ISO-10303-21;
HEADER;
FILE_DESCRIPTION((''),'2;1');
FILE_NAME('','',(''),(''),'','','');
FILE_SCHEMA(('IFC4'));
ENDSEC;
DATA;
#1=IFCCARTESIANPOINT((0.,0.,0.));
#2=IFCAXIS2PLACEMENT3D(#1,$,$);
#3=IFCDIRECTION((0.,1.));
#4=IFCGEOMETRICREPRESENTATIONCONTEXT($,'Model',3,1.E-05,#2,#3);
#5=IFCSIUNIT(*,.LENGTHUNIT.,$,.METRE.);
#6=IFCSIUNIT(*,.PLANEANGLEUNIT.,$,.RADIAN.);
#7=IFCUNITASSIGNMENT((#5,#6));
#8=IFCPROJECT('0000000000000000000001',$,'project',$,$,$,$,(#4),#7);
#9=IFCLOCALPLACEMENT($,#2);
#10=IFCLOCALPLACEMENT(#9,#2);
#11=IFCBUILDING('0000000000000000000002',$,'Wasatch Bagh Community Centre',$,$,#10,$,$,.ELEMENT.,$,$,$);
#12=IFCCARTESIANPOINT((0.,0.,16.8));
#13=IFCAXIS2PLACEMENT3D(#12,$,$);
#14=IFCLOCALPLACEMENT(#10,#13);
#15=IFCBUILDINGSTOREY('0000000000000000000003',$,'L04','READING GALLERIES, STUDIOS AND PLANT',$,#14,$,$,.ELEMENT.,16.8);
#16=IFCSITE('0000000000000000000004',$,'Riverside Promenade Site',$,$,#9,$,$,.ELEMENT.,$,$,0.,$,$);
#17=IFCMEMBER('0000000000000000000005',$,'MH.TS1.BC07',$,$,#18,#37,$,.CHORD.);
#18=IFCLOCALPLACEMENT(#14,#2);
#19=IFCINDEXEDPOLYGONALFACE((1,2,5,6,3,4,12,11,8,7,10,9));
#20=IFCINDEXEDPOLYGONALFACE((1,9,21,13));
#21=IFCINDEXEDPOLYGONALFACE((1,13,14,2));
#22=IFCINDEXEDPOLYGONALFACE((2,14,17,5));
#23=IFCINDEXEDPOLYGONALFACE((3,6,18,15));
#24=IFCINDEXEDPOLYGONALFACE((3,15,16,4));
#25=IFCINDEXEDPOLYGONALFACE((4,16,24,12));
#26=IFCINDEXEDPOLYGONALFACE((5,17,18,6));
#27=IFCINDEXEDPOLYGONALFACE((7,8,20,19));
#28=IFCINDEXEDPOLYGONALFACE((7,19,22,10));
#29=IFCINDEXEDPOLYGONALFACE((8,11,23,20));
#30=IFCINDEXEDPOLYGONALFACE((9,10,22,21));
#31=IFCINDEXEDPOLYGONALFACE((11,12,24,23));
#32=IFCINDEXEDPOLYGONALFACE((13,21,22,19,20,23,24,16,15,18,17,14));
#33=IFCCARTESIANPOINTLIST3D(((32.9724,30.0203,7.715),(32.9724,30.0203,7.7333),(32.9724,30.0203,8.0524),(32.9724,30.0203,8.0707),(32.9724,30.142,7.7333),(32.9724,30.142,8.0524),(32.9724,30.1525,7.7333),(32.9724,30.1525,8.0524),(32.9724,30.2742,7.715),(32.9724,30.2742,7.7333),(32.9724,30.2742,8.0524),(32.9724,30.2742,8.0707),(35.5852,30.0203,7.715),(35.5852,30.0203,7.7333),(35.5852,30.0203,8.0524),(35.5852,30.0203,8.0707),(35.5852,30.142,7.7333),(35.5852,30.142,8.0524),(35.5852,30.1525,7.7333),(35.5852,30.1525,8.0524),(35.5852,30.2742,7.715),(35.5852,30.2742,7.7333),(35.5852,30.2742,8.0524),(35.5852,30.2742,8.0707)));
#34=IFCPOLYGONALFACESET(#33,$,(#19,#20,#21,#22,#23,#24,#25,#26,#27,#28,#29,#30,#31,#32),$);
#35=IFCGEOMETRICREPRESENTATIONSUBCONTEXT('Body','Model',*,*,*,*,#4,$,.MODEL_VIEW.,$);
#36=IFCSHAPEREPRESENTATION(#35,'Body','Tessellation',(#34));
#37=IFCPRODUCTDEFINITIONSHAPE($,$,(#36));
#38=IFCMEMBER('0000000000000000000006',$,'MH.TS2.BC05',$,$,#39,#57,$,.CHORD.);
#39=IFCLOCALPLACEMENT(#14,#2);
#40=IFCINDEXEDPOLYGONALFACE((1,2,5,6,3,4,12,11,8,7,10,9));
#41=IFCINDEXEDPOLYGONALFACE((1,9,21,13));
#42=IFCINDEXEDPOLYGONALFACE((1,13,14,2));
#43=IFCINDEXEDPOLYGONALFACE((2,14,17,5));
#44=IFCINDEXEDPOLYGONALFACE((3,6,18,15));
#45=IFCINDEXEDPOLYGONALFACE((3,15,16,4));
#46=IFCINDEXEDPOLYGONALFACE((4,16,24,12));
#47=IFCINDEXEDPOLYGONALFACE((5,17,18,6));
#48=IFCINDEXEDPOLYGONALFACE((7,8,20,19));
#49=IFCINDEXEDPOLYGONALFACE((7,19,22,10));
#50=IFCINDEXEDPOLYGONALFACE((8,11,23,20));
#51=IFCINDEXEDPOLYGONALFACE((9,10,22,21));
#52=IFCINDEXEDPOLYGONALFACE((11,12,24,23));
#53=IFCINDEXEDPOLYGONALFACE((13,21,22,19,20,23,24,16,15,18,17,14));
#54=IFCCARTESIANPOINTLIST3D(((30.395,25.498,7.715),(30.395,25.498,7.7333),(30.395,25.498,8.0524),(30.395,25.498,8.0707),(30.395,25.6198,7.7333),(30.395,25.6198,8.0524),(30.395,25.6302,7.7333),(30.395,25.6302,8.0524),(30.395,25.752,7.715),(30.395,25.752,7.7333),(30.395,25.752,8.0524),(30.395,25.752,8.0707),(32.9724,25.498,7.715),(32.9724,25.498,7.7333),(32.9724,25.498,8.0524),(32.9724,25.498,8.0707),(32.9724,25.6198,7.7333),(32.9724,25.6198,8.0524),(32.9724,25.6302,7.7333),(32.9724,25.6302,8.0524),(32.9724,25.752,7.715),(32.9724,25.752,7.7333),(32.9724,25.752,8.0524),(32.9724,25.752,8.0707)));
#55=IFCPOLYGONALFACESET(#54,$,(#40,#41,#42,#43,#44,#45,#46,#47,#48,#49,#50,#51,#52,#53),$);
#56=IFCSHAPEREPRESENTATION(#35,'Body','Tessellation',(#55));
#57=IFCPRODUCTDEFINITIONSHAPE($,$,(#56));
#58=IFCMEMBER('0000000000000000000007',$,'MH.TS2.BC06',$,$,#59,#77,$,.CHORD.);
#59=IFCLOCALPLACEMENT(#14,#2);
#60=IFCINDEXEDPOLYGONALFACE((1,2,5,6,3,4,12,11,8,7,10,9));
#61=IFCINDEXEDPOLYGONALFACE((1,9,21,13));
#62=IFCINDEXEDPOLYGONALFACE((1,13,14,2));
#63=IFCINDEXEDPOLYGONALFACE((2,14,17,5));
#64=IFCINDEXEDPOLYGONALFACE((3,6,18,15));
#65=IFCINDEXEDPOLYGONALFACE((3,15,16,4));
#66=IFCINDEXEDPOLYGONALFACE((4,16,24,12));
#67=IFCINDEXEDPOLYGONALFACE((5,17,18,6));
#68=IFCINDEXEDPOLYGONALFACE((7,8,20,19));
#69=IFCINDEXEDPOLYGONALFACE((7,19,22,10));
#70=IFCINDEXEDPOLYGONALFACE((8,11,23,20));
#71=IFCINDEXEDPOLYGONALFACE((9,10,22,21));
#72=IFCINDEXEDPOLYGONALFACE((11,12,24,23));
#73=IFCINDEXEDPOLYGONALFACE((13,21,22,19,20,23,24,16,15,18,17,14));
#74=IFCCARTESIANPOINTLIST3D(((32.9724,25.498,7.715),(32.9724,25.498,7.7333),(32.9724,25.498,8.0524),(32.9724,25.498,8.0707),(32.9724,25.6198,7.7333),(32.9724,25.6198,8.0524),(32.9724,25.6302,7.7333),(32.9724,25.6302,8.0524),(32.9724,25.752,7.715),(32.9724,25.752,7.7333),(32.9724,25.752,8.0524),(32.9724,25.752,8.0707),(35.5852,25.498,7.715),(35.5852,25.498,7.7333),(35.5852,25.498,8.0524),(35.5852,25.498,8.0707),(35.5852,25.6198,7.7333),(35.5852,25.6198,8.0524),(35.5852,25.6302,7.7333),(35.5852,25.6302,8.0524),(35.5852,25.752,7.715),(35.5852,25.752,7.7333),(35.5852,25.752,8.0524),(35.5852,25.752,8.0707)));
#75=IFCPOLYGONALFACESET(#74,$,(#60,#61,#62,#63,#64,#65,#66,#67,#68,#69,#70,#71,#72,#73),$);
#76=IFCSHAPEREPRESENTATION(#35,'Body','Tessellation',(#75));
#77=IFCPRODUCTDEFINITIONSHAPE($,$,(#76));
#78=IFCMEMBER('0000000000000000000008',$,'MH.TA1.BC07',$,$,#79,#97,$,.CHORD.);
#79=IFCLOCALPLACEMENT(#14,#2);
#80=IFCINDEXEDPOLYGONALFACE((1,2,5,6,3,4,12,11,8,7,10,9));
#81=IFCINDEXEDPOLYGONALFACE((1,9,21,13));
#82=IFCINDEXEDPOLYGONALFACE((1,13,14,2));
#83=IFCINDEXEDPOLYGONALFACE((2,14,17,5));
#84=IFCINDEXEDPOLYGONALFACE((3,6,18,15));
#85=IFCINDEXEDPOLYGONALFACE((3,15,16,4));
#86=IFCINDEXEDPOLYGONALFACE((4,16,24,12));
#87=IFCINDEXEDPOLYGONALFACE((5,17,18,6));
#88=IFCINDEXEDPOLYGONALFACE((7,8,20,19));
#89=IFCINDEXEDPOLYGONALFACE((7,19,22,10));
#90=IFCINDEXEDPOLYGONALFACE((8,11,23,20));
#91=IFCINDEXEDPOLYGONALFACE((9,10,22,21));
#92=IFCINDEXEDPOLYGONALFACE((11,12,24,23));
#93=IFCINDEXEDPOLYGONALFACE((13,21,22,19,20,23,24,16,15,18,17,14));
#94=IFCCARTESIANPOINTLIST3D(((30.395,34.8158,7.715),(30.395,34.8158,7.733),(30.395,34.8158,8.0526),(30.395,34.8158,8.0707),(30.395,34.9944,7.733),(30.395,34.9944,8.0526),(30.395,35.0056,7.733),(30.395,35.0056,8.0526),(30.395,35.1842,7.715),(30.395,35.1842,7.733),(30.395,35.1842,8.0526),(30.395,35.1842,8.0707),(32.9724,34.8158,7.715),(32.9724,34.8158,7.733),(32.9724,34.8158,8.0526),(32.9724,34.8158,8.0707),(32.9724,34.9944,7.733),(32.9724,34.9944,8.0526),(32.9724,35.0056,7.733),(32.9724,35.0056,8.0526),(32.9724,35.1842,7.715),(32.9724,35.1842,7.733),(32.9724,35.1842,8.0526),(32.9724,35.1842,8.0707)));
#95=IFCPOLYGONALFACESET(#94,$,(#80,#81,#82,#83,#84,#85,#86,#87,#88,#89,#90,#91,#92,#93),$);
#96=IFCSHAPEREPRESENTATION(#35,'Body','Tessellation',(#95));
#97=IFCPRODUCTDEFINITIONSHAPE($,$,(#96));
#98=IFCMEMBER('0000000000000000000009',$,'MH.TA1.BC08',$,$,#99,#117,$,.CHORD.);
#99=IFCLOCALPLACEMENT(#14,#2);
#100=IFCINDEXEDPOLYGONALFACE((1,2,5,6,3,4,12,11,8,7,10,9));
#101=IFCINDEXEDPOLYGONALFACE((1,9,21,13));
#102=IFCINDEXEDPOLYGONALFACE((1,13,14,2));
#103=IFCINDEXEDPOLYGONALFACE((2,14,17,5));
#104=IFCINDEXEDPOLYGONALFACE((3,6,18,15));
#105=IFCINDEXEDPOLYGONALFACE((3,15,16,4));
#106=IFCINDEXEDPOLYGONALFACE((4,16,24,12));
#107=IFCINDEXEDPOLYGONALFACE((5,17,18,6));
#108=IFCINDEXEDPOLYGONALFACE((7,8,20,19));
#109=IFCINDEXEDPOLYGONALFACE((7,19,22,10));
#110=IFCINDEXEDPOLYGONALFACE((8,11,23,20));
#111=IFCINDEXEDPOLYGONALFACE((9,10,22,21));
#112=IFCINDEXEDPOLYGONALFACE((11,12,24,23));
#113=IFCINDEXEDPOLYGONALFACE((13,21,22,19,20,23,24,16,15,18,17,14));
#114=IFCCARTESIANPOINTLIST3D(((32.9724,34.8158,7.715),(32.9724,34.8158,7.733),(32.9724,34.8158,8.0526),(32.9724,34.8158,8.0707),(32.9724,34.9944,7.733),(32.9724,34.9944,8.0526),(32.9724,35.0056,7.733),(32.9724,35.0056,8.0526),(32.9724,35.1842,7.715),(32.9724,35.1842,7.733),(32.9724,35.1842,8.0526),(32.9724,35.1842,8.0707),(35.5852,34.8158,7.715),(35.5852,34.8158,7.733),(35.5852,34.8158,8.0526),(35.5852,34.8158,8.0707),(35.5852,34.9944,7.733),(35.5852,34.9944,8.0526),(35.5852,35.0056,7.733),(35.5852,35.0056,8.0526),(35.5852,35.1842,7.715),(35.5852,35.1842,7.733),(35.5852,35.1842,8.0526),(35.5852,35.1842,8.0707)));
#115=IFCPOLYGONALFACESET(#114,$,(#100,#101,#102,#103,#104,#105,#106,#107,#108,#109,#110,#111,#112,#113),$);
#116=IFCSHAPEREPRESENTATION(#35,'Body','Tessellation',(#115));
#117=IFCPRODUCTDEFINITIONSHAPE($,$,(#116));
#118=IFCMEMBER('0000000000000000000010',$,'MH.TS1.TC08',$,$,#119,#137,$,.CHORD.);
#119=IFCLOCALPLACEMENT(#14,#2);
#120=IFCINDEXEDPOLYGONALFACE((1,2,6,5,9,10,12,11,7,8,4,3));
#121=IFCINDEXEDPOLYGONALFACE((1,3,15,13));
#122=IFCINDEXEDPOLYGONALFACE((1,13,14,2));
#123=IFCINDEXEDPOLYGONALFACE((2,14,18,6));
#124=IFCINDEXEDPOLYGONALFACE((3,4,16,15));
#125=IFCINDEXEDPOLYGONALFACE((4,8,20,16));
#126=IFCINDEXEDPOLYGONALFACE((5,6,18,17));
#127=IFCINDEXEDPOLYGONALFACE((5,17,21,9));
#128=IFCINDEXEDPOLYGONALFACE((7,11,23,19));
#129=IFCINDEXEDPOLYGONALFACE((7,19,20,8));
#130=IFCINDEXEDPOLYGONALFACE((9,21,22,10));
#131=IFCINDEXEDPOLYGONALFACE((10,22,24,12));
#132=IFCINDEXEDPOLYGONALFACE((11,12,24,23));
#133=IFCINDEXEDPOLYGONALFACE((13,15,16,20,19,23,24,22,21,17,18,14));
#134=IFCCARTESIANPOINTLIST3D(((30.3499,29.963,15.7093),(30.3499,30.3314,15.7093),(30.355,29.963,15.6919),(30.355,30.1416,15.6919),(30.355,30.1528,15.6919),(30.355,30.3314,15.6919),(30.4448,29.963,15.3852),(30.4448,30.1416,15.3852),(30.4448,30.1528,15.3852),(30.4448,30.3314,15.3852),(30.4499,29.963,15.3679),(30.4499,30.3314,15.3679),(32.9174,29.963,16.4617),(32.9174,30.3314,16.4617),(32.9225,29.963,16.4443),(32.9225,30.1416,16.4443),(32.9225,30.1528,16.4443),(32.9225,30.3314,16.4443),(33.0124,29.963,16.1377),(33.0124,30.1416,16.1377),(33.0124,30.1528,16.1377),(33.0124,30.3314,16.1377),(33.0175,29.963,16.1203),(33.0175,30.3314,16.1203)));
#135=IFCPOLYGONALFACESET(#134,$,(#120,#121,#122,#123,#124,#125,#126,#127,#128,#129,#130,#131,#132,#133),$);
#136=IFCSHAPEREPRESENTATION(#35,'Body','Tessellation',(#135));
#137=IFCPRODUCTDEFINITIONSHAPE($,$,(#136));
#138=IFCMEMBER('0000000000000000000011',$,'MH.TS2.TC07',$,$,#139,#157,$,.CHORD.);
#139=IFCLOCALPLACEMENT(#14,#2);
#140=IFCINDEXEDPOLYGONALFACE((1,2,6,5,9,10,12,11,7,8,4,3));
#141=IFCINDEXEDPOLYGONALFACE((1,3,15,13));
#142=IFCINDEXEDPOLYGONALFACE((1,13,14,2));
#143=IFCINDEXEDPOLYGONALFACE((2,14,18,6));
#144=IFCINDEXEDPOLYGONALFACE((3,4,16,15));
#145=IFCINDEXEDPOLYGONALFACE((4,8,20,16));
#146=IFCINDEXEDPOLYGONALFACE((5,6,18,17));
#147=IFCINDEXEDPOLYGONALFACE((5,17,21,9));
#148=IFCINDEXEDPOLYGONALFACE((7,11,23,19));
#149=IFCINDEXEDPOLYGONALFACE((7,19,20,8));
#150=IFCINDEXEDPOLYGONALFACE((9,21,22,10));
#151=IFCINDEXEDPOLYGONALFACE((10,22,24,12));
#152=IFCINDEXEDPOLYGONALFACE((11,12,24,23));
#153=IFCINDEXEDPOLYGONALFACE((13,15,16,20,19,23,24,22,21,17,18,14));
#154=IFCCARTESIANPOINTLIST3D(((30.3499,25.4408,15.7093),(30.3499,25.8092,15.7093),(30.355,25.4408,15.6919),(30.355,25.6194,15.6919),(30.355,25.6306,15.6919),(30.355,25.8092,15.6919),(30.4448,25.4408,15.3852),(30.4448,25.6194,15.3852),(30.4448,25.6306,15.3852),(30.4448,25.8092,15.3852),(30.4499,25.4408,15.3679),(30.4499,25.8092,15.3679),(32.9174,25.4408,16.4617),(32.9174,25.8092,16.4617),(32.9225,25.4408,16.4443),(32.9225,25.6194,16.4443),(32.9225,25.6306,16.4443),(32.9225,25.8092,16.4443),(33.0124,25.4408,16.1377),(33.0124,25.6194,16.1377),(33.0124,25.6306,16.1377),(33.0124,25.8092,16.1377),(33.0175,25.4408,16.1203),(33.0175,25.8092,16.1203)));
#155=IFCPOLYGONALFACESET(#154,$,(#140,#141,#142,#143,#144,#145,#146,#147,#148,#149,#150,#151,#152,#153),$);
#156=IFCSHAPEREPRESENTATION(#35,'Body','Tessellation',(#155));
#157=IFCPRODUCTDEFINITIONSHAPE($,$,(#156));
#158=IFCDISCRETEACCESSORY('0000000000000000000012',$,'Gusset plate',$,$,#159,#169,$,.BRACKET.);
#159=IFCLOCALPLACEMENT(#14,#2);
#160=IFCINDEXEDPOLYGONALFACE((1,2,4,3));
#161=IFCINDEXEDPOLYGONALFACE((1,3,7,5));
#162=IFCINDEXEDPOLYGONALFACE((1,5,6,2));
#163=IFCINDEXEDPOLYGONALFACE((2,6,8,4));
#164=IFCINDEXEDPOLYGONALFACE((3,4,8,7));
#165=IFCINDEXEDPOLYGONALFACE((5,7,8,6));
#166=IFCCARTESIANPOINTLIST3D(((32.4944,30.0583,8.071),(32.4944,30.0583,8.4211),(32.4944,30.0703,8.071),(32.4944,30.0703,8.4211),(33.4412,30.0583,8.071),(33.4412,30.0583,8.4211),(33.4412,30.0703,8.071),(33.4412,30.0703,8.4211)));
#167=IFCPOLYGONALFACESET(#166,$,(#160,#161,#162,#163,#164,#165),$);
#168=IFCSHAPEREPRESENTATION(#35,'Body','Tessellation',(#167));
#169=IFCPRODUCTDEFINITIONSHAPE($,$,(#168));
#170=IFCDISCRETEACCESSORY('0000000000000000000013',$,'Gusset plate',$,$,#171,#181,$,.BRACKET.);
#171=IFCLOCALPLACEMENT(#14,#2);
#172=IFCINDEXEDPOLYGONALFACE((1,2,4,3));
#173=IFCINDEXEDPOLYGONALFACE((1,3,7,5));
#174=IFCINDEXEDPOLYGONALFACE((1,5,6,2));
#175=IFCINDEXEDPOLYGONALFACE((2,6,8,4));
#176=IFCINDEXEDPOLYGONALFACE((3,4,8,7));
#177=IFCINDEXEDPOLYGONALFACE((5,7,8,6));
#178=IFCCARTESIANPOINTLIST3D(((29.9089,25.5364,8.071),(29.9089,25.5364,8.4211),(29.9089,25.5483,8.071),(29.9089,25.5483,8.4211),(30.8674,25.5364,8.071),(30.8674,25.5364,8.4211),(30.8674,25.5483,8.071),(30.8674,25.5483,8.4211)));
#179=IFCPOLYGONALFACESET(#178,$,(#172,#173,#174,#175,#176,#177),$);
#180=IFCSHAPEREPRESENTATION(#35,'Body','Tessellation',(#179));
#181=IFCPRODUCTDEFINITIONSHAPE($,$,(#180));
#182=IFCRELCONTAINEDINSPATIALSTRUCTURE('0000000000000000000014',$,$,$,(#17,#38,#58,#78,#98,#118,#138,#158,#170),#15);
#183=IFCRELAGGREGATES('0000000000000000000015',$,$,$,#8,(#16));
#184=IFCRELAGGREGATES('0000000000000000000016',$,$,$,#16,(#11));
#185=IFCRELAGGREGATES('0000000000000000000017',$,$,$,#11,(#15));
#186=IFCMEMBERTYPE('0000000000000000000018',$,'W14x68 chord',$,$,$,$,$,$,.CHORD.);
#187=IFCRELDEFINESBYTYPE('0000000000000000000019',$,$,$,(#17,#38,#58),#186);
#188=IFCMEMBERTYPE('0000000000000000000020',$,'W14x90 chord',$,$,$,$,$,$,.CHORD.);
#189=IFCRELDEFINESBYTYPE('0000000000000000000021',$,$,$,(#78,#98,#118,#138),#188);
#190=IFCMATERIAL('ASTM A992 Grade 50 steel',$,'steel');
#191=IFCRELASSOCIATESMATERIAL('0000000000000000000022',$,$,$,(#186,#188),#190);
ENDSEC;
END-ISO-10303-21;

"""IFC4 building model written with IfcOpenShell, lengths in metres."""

from ifc_helpers import new_model, si_unit, direction, frame, origin, origin_2d, place, context, subcontext, project, spatial, polyline, i_section, outline, extrude, material, material_profile, profile_set, type_object, element, save


model = new_model("IFC4")

# Units and contexts
model_context = context("Model", 3, precision=1e-05, world=origin(), true_north=direction((0.0, 1.0)))
body_context = subcontext(model_context, "Body", "Model", "MODEL_VIEW")
ifc_project = project(units=[si_unit("LENGTHUNIT", "METRE"), si_unit("PLANEANGLEUNIT", "RADIAN")], contexts=[model_context])

# Site, building, storey
site_placement = place(None, origin())
site = spatial("IfcSite", under=ifc_project, at=site_placement, Name="Riverside Promenade Site", CompositionType="ELEMENT", RefElevation=0.0)
building_placement = place(site_placement, origin())
building = spatial("IfcBuilding", under=site, at=building_placement, Name="Wasatch Bagh Community Centre", CompositionType="ELEMENT")
storey_placement = place(building_placement, frame((0.0, 0.0, 16.8)))
storey = spatial("IfcBuildingStorey", under=building, at=storey_placement, Name="L04", Description="READING GALLERIES, STUDIOS AND PLANT", CompositionType="ELEMENT", Elevation=16.8)

# Members
ifc_material_1 = material(Name="ASTM A992 Grade 50 steel", Category="steel")
ifc_material_profile_1 = material_profile(ifc_material_1, i_section(OverallWidth=0.2539, OverallDepth=0.3557, WebThickness=0.0105, FlangeThickness=0.0183, at=origin_2d()), Name="W14x68")
ifc_profile_set_1 = profile_set([ifc_material_profile_1], Name="ASTM A992 Grade 50 steel")
member_type_1 = type_object("IfcMemberType", Name="W14x68 chord", PredefinedType="CHORD", material=ifc_profile_set_1)
member_1_placement = place(storey_placement, frame((32.9724, 30.1472, 7.8928), z_axis=(1.0, 0.0, 0.0), x_axis=(0.0, 1.0, 0.0)))
element("IfcMember", 1, at=member_1_placement, inside=storey, type_object=member_type_1, Name="MH.TS1.BC07", PredefinedType="CHORD", context=body_context, shape_type="SweptSolid", body=[
    extrude(i_section(OverallWidth=0.2539, OverallDepth=0.3557, WebThickness=0.0105, FlangeThickness=0.0183, at=origin_2d()), origin(), (0.0, 0.0, 1.0), 2.6128),
])
member_2_placement = place(storey_placement, frame((30.395, 25.625, 7.8928), z_axis=(1.0, 0.0, 0.0), x_axis=(0.0, 1.0, 0.0)))
element("IfcMember", 2, at=member_2_placement, inside=storey, type_object=member_type_1, Name="MH.TS2.BC05", PredefinedType="CHORD", context=body_context, shape_type="SweptSolid", body=[
    extrude(i_section(OverallWidth=0.2539, OverallDepth=0.3557, WebThickness=0.0105, FlangeThickness=0.0183, at=origin_2d()), origin(), (0.0, 0.0, 1.0), 2.5774),
])
member_3_placement = place(storey_placement, frame((32.9724, 25.625, 7.8928), z_axis=(1.0, 0.0, 0.0), x_axis=(0.0, 1.0, 0.0)))
element("IfcMember", 3, at=member_3_placement, inside=storey, type_object=member_type_1, Name="MH.TS2.BC06", PredefinedType="CHORD", context=body_context, shape_type="SweptSolid", body=[
    extrude(i_section(OverallWidth=0.2539, OverallDepth=0.3557, WebThickness=0.0105, FlangeThickness=0.0183, at=origin_2d()), origin(), (0.0, 0.0, 1.0), 2.6128),
])
ifc_material_profile_2 = material_profile(ifc_material_1, i_section(OverallWidth=0.3684, OverallDepth=0.3557, WebThickness=0.0112, FlangeThickness=0.0181, at=origin_2d()), Name="W14x90")
ifc_profile_set_2 = profile_set([ifc_material_profile_2], Name="ASTM A992 Grade 50 steel")
member_type_2 = type_object("IfcMemberType", Name="W14x90 chord", PredefinedType="CHORD", material=ifc_profile_set_2)
member_4_placement = place(storey_placement, frame((30.395, 35.0, 7.8928), z_axis=(1.0, 0.0, 0.0), x_axis=(0.0, 1.0, 0.0)))
element("IfcMember", 4, at=member_4_placement, inside=storey, type_object=member_type_2, Name="MH.TA1.BC07", PredefinedType="CHORD", context=body_context, shape_type="SweptSolid", body=[
    extrude(i_section(OverallWidth=0.3684, OverallDepth=0.3557, WebThickness=0.0112, FlangeThickness=0.0181, at=origin_2d()), origin(), (0.0, 0.0, 1.0), 2.5774),
])
member_5_placement = place(storey_placement, frame((32.9724, 35.0, 7.8928), z_axis=(1.0, 0.0, 0.0), x_axis=(0.0, 1.0, 0.0)))
element("IfcMember", 5, at=member_5_placement, inside=storey, type_object=member_type_2, Name="MH.TA1.BC08", PredefinedType="CHORD", context=body_context, shape_type="SweptSolid", body=[
    extrude(i_section(OverallWidth=0.3684, OverallDepth=0.3557, WebThickness=0.0112, FlangeThickness=0.0181, at=origin_2d()), origin(), (0.0, 0.0, 1.0), 2.6128),
])
for number, where, z_axis, x_axis, name in (
    (6, (30.3999, 30.1472, 15.5386), (0.959643, 0.0, 0.281223), (0.0, 1.0, 0.0), "MH.TS1.TC08"),
    (7, (30.3999, 25.625, 15.5386), (0.959643, 0.0, 0.281223), (0.0, 1.0, 0.0), "MH.TS2.TC07"),
):
    element("IfcMember", number, at=place(storey_placement, frame(where, z_axis=z_axis, x_axis=x_axis)), inside=storey, type_object=member_type_2, Name=name, PredefinedType="CHORD", context=body_context, shape_type="SweptSolid", body=[
        extrude(i_section(OverallWidth=0.3684, OverallDepth=0.3557, WebThickness=0.0112, FlangeThickness=0.0181, at=origin_2d()), origin(), (0.0, 0.0, 1.0), 2.6755),
    ])

# Discrete accessories
discrete_accessory_1_placement = place(storey_placement, frame((32.4944, 30.0583, 8.071), z_axis=(0.0, -1.0, 0.0), x_axis=(1.0, 0.0, 0.0)))
element("IfcDiscreteAccessory", 8, at=discrete_accessory_1_placement, inside=storey, Name="Gusset plate", PredefinedType="BRACKET", context=body_context, shape_type="SweptSolid", body=[
    extrude(outline(polyline([(0.0, 0.0), (0.9468, 0.0), (0.9468, 0.3501), (0.0, 0.3501), (0.0, 0.0)])), origin(), (0.0, 0.0, -1.0), 0.012),
])
discrete_accessory_2_placement = place(storey_placement, frame((29.9089, 25.5364, 8.071), z_axis=(0.0, -1.0, 0.0), x_axis=(1.0, 0.0, 0.0)))
element("IfcDiscreteAccessory", 9, at=discrete_accessory_2_placement, inside=storey, Name="Gusset plate", PredefinedType="BRACKET", context=body_context, shape_type="SweptSolid", body=[
    extrude(outline(polyline([(0.0, 0.0), (0.9585, 0.0), (0.9585, 0.3501), (0.0, 0.3501), (0.0, 0.0)])), origin(), (0.0, 0.0, -1.0), 0.012),
])

save(model, "model.ifc")
